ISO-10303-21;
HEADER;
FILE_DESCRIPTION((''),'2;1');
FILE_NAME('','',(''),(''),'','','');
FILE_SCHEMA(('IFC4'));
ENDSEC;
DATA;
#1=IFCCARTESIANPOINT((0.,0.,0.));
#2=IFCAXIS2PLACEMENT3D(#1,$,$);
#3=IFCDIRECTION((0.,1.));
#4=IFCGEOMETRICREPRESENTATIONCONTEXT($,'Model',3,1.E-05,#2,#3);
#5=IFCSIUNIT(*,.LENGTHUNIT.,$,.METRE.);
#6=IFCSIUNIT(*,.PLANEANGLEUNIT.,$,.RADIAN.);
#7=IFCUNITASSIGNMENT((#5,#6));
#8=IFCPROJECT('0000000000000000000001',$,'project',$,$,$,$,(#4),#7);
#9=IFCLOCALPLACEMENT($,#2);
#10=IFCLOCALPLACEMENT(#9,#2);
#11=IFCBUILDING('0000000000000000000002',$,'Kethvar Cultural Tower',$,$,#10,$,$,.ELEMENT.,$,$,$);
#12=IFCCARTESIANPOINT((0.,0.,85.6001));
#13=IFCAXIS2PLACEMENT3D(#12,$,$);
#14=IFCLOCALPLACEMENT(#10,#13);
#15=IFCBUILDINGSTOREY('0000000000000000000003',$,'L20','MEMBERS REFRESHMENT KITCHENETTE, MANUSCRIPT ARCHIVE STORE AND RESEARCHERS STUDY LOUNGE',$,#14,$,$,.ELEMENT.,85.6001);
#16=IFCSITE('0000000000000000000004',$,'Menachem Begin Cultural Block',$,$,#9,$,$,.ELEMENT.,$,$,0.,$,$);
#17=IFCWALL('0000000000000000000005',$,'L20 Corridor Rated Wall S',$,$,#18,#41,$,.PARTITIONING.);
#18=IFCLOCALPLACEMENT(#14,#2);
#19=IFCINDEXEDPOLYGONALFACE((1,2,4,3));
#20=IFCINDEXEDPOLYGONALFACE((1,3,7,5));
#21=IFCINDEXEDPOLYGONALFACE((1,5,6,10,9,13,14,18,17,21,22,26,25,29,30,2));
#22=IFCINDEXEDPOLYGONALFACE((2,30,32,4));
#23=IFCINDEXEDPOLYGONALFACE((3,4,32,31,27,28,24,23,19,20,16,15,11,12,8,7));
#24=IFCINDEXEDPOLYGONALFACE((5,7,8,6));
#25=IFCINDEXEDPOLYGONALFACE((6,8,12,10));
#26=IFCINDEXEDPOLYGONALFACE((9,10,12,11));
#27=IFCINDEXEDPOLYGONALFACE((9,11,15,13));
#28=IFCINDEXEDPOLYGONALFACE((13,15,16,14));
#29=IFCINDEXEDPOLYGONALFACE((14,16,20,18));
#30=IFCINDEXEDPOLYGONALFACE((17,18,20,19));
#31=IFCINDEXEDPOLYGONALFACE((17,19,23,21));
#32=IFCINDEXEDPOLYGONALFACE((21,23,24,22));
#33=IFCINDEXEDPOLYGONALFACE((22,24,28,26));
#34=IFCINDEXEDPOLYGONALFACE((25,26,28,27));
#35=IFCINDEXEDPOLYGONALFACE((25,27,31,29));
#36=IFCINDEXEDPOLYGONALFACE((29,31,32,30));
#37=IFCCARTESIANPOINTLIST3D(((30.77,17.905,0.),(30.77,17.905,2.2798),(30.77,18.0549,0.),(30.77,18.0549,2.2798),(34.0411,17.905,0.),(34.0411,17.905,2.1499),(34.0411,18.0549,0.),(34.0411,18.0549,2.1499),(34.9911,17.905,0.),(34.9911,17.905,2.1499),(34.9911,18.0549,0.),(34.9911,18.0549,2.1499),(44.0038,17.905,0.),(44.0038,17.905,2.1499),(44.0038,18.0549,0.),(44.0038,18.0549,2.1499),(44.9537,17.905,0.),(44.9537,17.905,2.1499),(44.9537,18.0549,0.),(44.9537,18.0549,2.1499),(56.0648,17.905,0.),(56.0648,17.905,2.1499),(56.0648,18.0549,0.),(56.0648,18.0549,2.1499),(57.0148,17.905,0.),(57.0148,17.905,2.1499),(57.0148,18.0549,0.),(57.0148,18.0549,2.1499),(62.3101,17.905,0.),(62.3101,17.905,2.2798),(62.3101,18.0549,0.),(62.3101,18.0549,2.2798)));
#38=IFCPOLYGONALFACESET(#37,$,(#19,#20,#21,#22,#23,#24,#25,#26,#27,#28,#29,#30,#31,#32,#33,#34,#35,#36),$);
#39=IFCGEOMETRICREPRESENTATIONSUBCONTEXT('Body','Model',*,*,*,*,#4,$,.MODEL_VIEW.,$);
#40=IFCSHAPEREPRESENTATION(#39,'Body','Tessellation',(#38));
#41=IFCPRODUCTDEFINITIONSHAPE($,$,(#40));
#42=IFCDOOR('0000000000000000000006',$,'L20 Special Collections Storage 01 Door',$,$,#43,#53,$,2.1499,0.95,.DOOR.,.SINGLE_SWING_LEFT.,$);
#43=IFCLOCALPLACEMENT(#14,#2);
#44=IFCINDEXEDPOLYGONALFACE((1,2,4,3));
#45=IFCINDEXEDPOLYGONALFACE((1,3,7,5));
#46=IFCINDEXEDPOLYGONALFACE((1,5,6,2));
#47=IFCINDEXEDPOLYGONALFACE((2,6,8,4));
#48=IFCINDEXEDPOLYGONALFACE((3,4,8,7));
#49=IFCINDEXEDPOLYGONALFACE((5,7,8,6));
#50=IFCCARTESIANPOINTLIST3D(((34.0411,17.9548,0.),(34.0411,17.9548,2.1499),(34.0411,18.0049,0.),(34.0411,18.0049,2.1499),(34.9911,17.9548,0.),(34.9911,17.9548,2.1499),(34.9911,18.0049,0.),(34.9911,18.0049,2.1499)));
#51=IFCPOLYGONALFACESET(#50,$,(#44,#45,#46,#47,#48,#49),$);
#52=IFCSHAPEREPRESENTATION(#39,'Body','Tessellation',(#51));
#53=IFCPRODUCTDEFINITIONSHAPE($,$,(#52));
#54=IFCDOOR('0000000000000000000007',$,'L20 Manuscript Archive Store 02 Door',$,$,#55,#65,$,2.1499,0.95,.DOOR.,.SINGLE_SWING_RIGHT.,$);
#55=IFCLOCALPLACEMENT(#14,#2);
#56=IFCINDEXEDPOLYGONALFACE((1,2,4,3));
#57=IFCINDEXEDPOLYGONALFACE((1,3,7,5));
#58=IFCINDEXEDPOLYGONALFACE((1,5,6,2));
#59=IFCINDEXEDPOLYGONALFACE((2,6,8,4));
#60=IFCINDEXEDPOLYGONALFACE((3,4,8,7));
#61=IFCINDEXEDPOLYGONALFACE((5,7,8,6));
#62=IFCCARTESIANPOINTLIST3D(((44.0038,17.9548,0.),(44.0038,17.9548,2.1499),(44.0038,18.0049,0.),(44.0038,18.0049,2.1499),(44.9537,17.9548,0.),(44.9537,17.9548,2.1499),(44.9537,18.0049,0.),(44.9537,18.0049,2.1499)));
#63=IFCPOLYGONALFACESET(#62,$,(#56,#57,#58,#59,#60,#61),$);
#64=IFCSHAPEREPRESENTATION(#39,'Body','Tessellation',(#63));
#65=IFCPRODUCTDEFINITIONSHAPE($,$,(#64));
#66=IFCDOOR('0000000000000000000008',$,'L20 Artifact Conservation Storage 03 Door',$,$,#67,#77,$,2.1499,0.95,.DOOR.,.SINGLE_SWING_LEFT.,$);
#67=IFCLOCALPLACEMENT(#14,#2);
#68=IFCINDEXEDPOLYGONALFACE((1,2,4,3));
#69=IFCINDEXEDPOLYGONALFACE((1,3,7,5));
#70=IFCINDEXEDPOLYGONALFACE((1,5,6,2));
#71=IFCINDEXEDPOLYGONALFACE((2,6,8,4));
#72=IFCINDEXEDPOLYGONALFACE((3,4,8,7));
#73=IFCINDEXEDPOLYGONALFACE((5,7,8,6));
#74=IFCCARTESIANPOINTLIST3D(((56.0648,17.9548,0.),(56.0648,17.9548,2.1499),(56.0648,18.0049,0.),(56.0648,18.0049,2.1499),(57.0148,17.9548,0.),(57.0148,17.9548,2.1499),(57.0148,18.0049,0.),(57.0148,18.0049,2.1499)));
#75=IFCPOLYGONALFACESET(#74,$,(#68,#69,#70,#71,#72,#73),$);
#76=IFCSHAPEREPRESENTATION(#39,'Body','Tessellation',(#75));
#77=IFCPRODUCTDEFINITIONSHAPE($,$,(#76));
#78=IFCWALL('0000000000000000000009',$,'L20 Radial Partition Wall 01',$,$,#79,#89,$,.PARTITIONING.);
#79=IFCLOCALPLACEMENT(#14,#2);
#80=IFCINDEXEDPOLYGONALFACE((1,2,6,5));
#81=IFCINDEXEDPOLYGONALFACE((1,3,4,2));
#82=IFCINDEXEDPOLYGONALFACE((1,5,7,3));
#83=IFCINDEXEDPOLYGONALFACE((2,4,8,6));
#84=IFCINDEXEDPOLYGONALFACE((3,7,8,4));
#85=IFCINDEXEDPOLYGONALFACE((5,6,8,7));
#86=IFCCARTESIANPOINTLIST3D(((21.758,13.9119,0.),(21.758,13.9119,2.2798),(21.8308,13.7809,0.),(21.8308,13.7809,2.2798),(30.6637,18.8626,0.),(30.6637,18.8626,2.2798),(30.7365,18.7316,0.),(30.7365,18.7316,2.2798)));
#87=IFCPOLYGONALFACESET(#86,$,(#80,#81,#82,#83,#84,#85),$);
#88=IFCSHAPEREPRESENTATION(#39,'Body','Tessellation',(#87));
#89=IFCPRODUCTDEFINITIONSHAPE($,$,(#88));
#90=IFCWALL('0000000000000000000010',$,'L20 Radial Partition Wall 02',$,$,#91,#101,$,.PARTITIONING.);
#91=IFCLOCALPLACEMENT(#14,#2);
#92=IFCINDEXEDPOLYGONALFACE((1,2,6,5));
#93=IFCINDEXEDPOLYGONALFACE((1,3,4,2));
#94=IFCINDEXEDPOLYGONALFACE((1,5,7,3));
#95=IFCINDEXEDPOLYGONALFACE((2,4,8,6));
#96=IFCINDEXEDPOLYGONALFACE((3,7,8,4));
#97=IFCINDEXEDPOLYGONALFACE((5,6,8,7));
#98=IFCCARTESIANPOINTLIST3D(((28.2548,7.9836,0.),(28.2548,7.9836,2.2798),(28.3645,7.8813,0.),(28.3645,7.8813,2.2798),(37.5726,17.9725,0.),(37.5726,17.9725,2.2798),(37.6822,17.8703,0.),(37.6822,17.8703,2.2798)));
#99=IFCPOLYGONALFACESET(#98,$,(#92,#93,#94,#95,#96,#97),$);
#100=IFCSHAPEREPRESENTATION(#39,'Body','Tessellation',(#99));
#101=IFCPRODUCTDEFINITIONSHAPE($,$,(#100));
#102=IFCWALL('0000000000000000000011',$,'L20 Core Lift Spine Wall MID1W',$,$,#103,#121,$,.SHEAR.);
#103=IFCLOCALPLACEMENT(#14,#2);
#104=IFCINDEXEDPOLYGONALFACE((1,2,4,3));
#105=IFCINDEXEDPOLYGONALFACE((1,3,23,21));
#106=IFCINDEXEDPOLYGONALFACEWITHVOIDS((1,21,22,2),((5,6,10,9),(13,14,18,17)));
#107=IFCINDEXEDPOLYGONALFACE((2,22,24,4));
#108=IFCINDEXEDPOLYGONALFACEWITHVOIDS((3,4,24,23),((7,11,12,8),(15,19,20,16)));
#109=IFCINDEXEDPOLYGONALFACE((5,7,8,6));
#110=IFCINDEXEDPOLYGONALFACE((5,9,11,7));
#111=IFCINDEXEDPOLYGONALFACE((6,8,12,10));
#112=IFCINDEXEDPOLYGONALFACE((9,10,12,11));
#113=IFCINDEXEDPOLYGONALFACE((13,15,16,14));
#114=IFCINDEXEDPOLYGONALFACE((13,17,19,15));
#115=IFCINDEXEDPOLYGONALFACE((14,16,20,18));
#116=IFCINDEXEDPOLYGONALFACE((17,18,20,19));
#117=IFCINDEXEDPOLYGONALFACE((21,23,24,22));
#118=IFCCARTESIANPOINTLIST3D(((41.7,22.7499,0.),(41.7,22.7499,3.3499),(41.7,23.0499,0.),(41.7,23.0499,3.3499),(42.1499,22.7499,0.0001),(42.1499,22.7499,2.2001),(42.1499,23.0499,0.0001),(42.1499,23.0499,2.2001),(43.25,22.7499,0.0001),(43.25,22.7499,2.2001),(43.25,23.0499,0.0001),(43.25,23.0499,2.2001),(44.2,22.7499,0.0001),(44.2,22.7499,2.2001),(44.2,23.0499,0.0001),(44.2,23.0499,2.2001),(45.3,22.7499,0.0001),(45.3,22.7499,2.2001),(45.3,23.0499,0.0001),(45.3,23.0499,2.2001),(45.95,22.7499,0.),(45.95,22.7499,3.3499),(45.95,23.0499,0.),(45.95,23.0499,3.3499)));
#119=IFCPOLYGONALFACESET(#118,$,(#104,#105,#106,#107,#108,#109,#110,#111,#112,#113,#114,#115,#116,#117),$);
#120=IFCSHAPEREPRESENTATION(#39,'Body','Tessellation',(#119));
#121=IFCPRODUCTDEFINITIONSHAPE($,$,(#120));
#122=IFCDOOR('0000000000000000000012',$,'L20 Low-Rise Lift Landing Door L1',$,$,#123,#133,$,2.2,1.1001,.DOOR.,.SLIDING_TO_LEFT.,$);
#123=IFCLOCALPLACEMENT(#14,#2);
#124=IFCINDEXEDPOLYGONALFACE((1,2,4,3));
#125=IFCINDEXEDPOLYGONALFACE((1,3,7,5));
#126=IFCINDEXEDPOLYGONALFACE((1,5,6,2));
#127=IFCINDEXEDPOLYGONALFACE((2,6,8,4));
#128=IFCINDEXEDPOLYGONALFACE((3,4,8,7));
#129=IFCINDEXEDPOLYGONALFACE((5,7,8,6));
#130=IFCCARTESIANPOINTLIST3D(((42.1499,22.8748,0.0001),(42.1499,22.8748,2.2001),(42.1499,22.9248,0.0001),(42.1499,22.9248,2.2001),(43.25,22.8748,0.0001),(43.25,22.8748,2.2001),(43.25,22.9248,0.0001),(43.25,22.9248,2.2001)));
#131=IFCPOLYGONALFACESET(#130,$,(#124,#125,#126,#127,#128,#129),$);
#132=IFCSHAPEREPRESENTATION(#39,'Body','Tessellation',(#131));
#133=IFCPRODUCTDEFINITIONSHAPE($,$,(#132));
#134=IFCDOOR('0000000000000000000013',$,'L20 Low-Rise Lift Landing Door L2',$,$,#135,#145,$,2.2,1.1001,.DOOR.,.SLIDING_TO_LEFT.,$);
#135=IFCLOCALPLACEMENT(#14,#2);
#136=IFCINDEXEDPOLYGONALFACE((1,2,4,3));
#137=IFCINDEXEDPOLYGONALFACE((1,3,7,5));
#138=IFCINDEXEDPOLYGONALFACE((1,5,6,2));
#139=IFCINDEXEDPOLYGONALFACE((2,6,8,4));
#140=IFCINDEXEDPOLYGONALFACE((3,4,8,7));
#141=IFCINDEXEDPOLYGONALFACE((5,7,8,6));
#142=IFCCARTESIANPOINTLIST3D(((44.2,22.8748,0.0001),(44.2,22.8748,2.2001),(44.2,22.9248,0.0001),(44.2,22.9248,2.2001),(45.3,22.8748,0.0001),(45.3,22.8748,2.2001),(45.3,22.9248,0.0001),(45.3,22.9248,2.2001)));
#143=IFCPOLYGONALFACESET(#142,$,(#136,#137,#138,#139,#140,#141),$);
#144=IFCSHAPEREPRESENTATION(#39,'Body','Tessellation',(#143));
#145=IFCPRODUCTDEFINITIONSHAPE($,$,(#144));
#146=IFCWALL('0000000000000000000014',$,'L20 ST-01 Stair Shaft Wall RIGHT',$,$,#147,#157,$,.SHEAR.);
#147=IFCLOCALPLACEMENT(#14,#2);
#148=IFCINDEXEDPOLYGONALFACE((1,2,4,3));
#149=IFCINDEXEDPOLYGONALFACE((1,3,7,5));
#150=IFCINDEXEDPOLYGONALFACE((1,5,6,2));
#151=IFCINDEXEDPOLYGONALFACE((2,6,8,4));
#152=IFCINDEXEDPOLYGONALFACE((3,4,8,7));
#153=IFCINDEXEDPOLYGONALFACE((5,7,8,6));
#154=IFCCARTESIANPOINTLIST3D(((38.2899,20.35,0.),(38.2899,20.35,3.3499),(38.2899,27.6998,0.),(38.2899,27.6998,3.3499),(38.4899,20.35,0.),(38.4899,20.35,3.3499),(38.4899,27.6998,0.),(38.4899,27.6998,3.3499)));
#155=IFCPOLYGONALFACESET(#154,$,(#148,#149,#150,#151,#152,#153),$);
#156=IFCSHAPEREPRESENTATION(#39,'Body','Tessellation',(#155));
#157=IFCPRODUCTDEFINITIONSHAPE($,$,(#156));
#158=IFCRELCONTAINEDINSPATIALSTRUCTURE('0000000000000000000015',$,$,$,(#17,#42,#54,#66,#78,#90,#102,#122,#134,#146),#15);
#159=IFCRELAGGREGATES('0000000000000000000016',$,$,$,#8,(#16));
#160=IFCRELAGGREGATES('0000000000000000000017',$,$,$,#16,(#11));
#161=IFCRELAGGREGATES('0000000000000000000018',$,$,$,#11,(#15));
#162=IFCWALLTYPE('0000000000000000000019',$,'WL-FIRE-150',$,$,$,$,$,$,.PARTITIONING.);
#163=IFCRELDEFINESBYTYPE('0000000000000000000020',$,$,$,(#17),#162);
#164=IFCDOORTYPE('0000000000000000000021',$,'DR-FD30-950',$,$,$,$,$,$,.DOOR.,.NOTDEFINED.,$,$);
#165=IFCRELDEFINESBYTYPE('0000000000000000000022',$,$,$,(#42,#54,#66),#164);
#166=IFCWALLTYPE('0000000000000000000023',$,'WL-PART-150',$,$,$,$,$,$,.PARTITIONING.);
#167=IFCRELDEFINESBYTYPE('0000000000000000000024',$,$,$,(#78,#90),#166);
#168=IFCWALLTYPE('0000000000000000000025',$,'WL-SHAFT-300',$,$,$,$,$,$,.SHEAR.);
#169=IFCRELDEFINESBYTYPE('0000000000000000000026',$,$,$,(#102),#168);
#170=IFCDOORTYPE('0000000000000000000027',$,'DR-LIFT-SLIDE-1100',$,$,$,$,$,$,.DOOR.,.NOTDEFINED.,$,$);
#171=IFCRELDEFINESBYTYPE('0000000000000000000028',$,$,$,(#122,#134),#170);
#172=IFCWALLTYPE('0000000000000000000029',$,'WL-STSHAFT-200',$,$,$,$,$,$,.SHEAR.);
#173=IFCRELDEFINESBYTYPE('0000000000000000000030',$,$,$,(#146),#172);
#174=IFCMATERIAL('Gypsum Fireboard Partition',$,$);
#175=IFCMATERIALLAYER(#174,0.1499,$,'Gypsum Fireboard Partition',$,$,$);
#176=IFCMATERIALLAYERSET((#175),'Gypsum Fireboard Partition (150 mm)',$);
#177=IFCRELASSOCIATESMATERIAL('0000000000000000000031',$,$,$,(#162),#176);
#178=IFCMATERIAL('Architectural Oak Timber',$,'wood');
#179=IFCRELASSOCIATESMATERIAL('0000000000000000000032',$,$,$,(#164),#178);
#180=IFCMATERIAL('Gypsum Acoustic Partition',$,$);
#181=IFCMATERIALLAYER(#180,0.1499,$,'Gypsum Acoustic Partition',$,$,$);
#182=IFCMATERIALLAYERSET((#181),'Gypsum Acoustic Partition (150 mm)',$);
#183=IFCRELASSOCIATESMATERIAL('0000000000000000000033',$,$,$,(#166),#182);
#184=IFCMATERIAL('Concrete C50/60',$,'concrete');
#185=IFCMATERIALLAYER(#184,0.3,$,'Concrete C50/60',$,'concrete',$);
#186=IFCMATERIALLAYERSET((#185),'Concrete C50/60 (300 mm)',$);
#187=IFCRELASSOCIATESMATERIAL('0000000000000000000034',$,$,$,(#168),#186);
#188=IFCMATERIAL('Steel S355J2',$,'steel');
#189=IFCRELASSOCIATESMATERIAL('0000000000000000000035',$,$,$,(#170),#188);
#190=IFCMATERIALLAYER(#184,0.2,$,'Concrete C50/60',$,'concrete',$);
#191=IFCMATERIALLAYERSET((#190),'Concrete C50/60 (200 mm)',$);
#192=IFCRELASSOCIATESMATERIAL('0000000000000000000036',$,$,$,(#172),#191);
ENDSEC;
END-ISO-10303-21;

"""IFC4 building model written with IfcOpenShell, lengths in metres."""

from ifc_helpers import new_model, si_unit, direction, frame, frame_2d, origin, place, context, subcontext, project, spatial, rectangle, extrude, source, transform, mapped, material, layer, layer_set, type_object, element, fill, save


model = new_model("IFC4")

# Units and contexts
model_context = context("Model", 3, precision=1e-05, world=origin(), true_north=direction((0.0, 1.0)))
body_context = subcontext(model_context, "Body", "Model", "MODEL_VIEW")
ifc_project = project(units=[si_unit("LENGTHUNIT", "METRE"), si_unit("PLANEANGLEUNIT", "RADIAN")], contexts=[model_context])

# Site, building, storey
site_placement = place(None, origin())
site = spatial("IfcSite", under=ifc_project, at=site_placement, Name="Menachem Begin Cultural Block", CompositionType="ELEMENT", RefElevation=0.0)
building_placement = place(site_placement, origin())
building = spatial("IfcBuilding", under=site, at=building_placement, Name="Kethvar Cultural Tower", CompositionType="ELEMENT")
storey_placement = place(building_placement, frame((0.0, 0.0, 85.6001)))
storey = spatial("IfcBuildingStorey", under=building, at=storey_placement, Name="L20", Description="MEMBERS REFRESHMENT KITCHENETTE, MANUSCRIPT ARCHIVE STORE AND RESEARCHERS STUDY LOUNGE", CompositionType="ELEMENT", Elevation=85.6001)

# Shared definitions
ifc_material_1 = material(Name="Steel S355J2", Category="steel")

# Shared definitions
ifc_material_2 = material(Name="Gypsum Fireboard Partition")
ifc_layer_1 = layer(ifc_material_2, 0.1499, Name="Gypsum Fireboard Partition")
ifc_layer_set_1 = layer_set([ifc_layer_1], Name="Gypsum Fireboard Partition (150 mm)")
wall_type_1 = type_object("IfcWallType", Name="WL-FIRE-150", PredefinedType="PARTITIONING", material=ifc_layer_set_1)

# Wall, openings, doors
wall_1_placement = place(storey_placement, frame((30.77, 17.98, 0.0), z_axis=(0.0, 0.0, 1.0), x_axis=(1.0, 0.0, 0.0)))
wall_1 = element("IfcWall", 1, at=wall_1_placement, inside=storey, type_object=wall_type_1, Name="L20 Corridor Rated Wall S", PredefinedType="PARTITIONING", context=body_context, shape_type="SweptSolid", body=[
    extrude(rectangle(XDim=31.54, YDim=0.1499, at=frame_2d((15.77, 0.0))), origin(), (0.0, 0.0, 1.0), 2.2798),
])
opening_1_placement = place(wall_1_placement, frame((3.271, 0.0, 0.0)))
opening_1 = element("IfcOpeningElement", 2, at=opening_1_placement, cuts=wall_1, PredefinedType="OPENING", context=body_context, shape_type="SweptSolid", body=[
    extrude(rectangle(XDim=0.95, YDim=2.1499, at=frame_2d((0.4751, 1.075))), frame((0.0, 0.085, 0.0), z_axis=(0.0, -1.0, 0.0), x_axis=(1.0, 0.0, 0.0)), (0.0, 0.0, 1.0), 0.1699),
])
opening_2_placement = place(wall_1_placement, frame((13.2336, 0.0, 0.0)))
opening_2 = element("IfcOpeningElement", 3, at=opening_2_placement, cuts=wall_1, PredefinedType="OPENING", context=body_context, shape_type="SweptSolid", body=[
    extrude(rectangle(XDim=0.95, YDim=2.1499, at=frame_2d((0.4751, 1.075))), frame((0.0, 0.085, 0.0), z_axis=(0.0, -1.0, 0.0), x_axis=(1.0, 0.0, 0.0)), (0.0, 0.0, 1.0), 0.1699),
])
opening_3_placement = place(wall_1_placement, frame((25.2947, 0.0, 0.0)))
opening_3 = element("IfcOpeningElement", 4, at=opening_3_placement, cuts=wall_1, PredefinedType="OPENING", context=body_context, shape_type="SweptSolid", body=[
    extrude(rectangle(XDim=0.95, YDim=2.1499, at=frame_2d((0.4751, 1.075))), frame((0.0, 0.085, 0.0), z_axis=(0.0, -1.0, 0.0), x_axis=(1.0, 0.0, 0.0)), (0.0, 0.0, 1.0), 0.1699),
])
ifc_material_3 = material(Name="Architectural Oak Timber", Category="wood")
door_type_1 = type_object("IfcDoorType", Name="DR-FD30-950", OperationType="NOTDEFINED", PredefinedType="DOOR", material=ifc_material_3)
shared_shape_1 = source(origin(), body_context, "Body", "SweptSolid", [
    extrude(rectangle(XDim=0.95, YDim=2.1499, at=frame_2d((0.4751, 1.075))), frame((0.0, 0.0249, 0.0), z_axis=(0.0, -1.0, 0.0), x_axis=(1.0, 0.0, 0.0)), (0.0, 0.0, 1.0), 0.05),
])
door_1_placement = place(opening_1_placement, origin())
door_1 = element("IfcDoor", 5, at=door_1_placement, inside=storey, type_object=door_type_1, Name="L20 Special Collections Storage 01 Door", OperationType="SINGLE_SWING_LEFT", OverallHeight=2.1499, OverallWidth=0.95, PredefinedType="DOOR", context=body_context, shape_type="MappedRepresentation", body=[
    mapped(shared_shape_1, transform((0.0, 0.0, 0.0), scale=1.0)),
])
fill(opening_1, door_1)
door_2_placement = place(opening_2_placement, origin())
door_2 = element("IfcDoor", 6, at=door_2_placement, inside=storey, type_object=door_type_1, Name="L20 Manuscript Archive Store 02 Door", OperationType="SINGLE_SWING_RIGHT", OverallHeight=2.1499, OverallWidth=0.95, PredefinedType="DOOR", context=body_context, shape_type="MappedRepresentation", body=[
    mapped(shared_shape_1, transform((0.0, 0.0, 0.0), scale=1.0)),
])
fill(opening_2, door_2)
door_3_placement = place(opening_3_placement, origin())
door_3 = element("IfcDoor", 7, at=door_3_placement, inside=storey, type_object=door_type_1, Name="L20 Artifact Conservation Storage 03 Door", OperationType="SINGLE_SWING_LEFT", OverallHeight=2.1499, OverallWidth=0.95, PredefinedType="DOOR", context=body_context, shape_type="MappedRepresentation", body=[
    mapped(shared_shape_1, transform((0.0, 0.0, 0.0), scale=1.0)),
])
fill(opening_3, door_3)

# Walls
ifc_material_4 = material(Name="Gypsum Acoustic Partition")
ifc_layer_2 = layer(ifc_material_4, 0.1499, Name="Gypsum Acoustic Partition")
ifc_layer_set_2 = layer_set([ifc_layer_2], Name="Gypsum Acoustic Partition (150 mm)")
wall_type_2 = type_object("IfcWallType", Name="WL-PART-150", PredefinedType="PARTITIONING", material=ifc_layer_set_2)
wall_2_placement = place(storey_placement, frame((30.7002, 18.7971, 0.0), z_axis=(0.0, 0.0, 1.0), x_axis=(-0.874031, -0.485871, 0.0)))
element("IfcWall", 8, at=wall_2_placement, inside=storey, type_object=wall_type_2, Name="L20 Radial Partition Wall 01", PredefinedType="PARTITIONING", context=body_context, shape_type="SweptSolid", body=[
    extrude(rectangle(XDim=10.1892, YDim=0.1499, at=frame_2d((5.0947, 0.0))), origin(), (0.0, 0.0, 1.0), 2.2798),
])
wall_3_placement = place(storey_placement, frame((37.6274, 17.9214, 0.0), z_axis=(0.0, 0.0, 1.0), x_axis=(-0.682114, -0.731245, 0.0)))
element("IfcWall", 9, at=wall_3_placement, inside=storey, type_object=wall_type_2, Name="L20 Radial Partition Wall 02", PredefinedType="PARTITIONING", context=body_context, shape_type="SweptSolid", body=[
    extrude(rectangle(XDim=13.6602, YDim=0.1499, at=frame_2d((6.8301, 0.0))), origin(), (0.0, 0.0, 1.0), 2.2798),
])

# Wall, openings, doors
ifc_material_5 = material(Name="Concrete C50/60", Category="concrete")
ifc_layer_3 = layer(ifc_material_5, 0.3, Name="Concrete C50/60", Category="concrete")
ifc_layer_set_3 = layer_set([ifc_layer_3], Name="Concrete C50/60 (300 mm)")
wall_type_3 = type_object("IfcWallType", Name="WL-SHAFT-300", PredefinedType="SHEAR", material=ifc_layer_set_3)
wall_4_placement = place(storey_placement, frame((41.7, 22.8999, 0.0), z_axis=(0.0, 0.0, 1.0), x_axis=(1.0, 0.0, 0.0)))
wall_4 = element("IfcWall", 10, at=wall_4_placement, inside=storey, type_object=wall_type_3, Name="L20 Core Lift Spine Wall MID1W", PredefinedType="SHEAR", context=body_context, shape_type="SweptSolid", body=[
    extrude(rectangle(XDim=4.25, YDim=0.3, at=frame_2d((2.125, 0.0))), origin(), (0.0, 0.0, 1.0), 3.3499),
])
opening_4_placement = place(wall_4_placement, frame((0.45, 0.0, 0.0)))
opening_4 = element("IfcOpeningElement", 11, at=opening_4_placement, cuts=wall_4, PredefinedType="OPENING", context=body_context, shape_type="SweptSolid", body=[
    extrude(rectangle(XDim=1.1001, YDim=2.2, at=frame_2d((0.55, 1.1001))), frame((0.0, 0.1599, 0.0), z_axis=(0.0, -1.0, 0.0), x_axis=(1.0, 0.0, 0.0)), (0.0, 0.0, 1.0), 0.3201),
])
opening_5_placement = place(wall_4_placement, frame((2.5, 0.0, 0.0)))
opening_5 = element("IfcOpeningElement", 12, at=opening_5_placement, cuts=wall_4, PredefinedType="OPENING", context=body_context, shape_type="SweptSolid", body=[
    extrude(rectangle(XDim=1.1001, YDim=2.2, at=frame_2d((0.55, 1.1001))), frame((0.0, 0.1599, 0.0), z_axis=(0.0, -1.0, 0.0), x_axis=(1.0, 0.0, 0.0)), (0.0, 0.0, 1.0), 0.3201),
])
door_type_2 = type_object("IfcDoorType", Name="DR-LIFT-SLIDE-1100", OperationType="NOTDEFINED", PredefinedType="DOOR", material=ifc_material_1)
shared_shape_2 = source(origin(), body_context, "Body", "SweptSolid", [
    extrude(rectangle(XDim=1.1001, YDim=2.2, at=frame_2d((0.55, 1.1001))), frame((0.0, 0.0249, 0.0), z_axis=(0.0, -1.0, 0.0), x_axis=(1.0, 0.0, 0.0)), (0.0, 0.0, 1.0), 0.05),
])
door_4_placement = place(opening_4_placement, origin())
door_4 = element("IfcDoor", 13, at=door_4_placement, inside=storey, type_object=door_type_2, Name="L20 Low-Rise Lift Landing Door L1", OperationType="SLIDING_TO_LEFT", OverallHeight=2.2, OverallWidth=1.1001, PredefinedType="DOOR", context=body_context, shape_type="MappedRepresentation", body=[
    mapped(shared_shape_2, transform((0.0, 0.0, 0.0), scale=1.0)),
])
fill(opening_4, door_4)
door_5_placement = place(opening_5_placement, origin())
door_5 = element("IfcDoor", 14, at=door_5_placement, inside=storey, type_object=door_type_2, Name="L20 Low-Rise Lift Landing Door L2", OperationType="SLIDING_TO_LEFT", OverallHeight=2.2, OverallWidth=1.1001, PredefinedType="DOOR", context=body_context, shape_type="MappedRepresentation", body=[
    mapped(shared_shape_2, transform((0.0, 0.0, 0.0), scale=1.0)),
])
fill(opening_5, door_5)

# Wall
ifc_layer_4 = layer(ifc_material_5, 0.2, Name="Concrete C50/60", Category="concrete")
ifc_layer_set_4 = layer_set([ifc_layer_4], Name="Concrete C50/60 (200 mm)")
wall_type_4 = type_object("IfcWallType", Name="WL-STSHAFT-200", PredefinedType="SHEAR", material=ifc_layer_set_4)
wall_5_placement = place(storey_placement, frame((38.3899, 20.3501, 0.0), z_axis=(0.0, 0.0, 1.0), x_axis=(0.0, 1.0, 0.0)))
element("IfcWall", 15, at=wall_5_placement, inside=storey, type_object=wall_type_4, Name="L20 ST-01 Stair Shaft Wall RIGHT", PredefinedType="SHEAR", context=body_context, shape_type="SweptSolid", body=[
    extrude(rectangle(XDim=7.3499, YDim=0.2, at=frame_2d((3.6748, 0.0))), origin(), (0.0, 0.0, 1.0), 3.3499),
])

save(model, "model.ifc")
